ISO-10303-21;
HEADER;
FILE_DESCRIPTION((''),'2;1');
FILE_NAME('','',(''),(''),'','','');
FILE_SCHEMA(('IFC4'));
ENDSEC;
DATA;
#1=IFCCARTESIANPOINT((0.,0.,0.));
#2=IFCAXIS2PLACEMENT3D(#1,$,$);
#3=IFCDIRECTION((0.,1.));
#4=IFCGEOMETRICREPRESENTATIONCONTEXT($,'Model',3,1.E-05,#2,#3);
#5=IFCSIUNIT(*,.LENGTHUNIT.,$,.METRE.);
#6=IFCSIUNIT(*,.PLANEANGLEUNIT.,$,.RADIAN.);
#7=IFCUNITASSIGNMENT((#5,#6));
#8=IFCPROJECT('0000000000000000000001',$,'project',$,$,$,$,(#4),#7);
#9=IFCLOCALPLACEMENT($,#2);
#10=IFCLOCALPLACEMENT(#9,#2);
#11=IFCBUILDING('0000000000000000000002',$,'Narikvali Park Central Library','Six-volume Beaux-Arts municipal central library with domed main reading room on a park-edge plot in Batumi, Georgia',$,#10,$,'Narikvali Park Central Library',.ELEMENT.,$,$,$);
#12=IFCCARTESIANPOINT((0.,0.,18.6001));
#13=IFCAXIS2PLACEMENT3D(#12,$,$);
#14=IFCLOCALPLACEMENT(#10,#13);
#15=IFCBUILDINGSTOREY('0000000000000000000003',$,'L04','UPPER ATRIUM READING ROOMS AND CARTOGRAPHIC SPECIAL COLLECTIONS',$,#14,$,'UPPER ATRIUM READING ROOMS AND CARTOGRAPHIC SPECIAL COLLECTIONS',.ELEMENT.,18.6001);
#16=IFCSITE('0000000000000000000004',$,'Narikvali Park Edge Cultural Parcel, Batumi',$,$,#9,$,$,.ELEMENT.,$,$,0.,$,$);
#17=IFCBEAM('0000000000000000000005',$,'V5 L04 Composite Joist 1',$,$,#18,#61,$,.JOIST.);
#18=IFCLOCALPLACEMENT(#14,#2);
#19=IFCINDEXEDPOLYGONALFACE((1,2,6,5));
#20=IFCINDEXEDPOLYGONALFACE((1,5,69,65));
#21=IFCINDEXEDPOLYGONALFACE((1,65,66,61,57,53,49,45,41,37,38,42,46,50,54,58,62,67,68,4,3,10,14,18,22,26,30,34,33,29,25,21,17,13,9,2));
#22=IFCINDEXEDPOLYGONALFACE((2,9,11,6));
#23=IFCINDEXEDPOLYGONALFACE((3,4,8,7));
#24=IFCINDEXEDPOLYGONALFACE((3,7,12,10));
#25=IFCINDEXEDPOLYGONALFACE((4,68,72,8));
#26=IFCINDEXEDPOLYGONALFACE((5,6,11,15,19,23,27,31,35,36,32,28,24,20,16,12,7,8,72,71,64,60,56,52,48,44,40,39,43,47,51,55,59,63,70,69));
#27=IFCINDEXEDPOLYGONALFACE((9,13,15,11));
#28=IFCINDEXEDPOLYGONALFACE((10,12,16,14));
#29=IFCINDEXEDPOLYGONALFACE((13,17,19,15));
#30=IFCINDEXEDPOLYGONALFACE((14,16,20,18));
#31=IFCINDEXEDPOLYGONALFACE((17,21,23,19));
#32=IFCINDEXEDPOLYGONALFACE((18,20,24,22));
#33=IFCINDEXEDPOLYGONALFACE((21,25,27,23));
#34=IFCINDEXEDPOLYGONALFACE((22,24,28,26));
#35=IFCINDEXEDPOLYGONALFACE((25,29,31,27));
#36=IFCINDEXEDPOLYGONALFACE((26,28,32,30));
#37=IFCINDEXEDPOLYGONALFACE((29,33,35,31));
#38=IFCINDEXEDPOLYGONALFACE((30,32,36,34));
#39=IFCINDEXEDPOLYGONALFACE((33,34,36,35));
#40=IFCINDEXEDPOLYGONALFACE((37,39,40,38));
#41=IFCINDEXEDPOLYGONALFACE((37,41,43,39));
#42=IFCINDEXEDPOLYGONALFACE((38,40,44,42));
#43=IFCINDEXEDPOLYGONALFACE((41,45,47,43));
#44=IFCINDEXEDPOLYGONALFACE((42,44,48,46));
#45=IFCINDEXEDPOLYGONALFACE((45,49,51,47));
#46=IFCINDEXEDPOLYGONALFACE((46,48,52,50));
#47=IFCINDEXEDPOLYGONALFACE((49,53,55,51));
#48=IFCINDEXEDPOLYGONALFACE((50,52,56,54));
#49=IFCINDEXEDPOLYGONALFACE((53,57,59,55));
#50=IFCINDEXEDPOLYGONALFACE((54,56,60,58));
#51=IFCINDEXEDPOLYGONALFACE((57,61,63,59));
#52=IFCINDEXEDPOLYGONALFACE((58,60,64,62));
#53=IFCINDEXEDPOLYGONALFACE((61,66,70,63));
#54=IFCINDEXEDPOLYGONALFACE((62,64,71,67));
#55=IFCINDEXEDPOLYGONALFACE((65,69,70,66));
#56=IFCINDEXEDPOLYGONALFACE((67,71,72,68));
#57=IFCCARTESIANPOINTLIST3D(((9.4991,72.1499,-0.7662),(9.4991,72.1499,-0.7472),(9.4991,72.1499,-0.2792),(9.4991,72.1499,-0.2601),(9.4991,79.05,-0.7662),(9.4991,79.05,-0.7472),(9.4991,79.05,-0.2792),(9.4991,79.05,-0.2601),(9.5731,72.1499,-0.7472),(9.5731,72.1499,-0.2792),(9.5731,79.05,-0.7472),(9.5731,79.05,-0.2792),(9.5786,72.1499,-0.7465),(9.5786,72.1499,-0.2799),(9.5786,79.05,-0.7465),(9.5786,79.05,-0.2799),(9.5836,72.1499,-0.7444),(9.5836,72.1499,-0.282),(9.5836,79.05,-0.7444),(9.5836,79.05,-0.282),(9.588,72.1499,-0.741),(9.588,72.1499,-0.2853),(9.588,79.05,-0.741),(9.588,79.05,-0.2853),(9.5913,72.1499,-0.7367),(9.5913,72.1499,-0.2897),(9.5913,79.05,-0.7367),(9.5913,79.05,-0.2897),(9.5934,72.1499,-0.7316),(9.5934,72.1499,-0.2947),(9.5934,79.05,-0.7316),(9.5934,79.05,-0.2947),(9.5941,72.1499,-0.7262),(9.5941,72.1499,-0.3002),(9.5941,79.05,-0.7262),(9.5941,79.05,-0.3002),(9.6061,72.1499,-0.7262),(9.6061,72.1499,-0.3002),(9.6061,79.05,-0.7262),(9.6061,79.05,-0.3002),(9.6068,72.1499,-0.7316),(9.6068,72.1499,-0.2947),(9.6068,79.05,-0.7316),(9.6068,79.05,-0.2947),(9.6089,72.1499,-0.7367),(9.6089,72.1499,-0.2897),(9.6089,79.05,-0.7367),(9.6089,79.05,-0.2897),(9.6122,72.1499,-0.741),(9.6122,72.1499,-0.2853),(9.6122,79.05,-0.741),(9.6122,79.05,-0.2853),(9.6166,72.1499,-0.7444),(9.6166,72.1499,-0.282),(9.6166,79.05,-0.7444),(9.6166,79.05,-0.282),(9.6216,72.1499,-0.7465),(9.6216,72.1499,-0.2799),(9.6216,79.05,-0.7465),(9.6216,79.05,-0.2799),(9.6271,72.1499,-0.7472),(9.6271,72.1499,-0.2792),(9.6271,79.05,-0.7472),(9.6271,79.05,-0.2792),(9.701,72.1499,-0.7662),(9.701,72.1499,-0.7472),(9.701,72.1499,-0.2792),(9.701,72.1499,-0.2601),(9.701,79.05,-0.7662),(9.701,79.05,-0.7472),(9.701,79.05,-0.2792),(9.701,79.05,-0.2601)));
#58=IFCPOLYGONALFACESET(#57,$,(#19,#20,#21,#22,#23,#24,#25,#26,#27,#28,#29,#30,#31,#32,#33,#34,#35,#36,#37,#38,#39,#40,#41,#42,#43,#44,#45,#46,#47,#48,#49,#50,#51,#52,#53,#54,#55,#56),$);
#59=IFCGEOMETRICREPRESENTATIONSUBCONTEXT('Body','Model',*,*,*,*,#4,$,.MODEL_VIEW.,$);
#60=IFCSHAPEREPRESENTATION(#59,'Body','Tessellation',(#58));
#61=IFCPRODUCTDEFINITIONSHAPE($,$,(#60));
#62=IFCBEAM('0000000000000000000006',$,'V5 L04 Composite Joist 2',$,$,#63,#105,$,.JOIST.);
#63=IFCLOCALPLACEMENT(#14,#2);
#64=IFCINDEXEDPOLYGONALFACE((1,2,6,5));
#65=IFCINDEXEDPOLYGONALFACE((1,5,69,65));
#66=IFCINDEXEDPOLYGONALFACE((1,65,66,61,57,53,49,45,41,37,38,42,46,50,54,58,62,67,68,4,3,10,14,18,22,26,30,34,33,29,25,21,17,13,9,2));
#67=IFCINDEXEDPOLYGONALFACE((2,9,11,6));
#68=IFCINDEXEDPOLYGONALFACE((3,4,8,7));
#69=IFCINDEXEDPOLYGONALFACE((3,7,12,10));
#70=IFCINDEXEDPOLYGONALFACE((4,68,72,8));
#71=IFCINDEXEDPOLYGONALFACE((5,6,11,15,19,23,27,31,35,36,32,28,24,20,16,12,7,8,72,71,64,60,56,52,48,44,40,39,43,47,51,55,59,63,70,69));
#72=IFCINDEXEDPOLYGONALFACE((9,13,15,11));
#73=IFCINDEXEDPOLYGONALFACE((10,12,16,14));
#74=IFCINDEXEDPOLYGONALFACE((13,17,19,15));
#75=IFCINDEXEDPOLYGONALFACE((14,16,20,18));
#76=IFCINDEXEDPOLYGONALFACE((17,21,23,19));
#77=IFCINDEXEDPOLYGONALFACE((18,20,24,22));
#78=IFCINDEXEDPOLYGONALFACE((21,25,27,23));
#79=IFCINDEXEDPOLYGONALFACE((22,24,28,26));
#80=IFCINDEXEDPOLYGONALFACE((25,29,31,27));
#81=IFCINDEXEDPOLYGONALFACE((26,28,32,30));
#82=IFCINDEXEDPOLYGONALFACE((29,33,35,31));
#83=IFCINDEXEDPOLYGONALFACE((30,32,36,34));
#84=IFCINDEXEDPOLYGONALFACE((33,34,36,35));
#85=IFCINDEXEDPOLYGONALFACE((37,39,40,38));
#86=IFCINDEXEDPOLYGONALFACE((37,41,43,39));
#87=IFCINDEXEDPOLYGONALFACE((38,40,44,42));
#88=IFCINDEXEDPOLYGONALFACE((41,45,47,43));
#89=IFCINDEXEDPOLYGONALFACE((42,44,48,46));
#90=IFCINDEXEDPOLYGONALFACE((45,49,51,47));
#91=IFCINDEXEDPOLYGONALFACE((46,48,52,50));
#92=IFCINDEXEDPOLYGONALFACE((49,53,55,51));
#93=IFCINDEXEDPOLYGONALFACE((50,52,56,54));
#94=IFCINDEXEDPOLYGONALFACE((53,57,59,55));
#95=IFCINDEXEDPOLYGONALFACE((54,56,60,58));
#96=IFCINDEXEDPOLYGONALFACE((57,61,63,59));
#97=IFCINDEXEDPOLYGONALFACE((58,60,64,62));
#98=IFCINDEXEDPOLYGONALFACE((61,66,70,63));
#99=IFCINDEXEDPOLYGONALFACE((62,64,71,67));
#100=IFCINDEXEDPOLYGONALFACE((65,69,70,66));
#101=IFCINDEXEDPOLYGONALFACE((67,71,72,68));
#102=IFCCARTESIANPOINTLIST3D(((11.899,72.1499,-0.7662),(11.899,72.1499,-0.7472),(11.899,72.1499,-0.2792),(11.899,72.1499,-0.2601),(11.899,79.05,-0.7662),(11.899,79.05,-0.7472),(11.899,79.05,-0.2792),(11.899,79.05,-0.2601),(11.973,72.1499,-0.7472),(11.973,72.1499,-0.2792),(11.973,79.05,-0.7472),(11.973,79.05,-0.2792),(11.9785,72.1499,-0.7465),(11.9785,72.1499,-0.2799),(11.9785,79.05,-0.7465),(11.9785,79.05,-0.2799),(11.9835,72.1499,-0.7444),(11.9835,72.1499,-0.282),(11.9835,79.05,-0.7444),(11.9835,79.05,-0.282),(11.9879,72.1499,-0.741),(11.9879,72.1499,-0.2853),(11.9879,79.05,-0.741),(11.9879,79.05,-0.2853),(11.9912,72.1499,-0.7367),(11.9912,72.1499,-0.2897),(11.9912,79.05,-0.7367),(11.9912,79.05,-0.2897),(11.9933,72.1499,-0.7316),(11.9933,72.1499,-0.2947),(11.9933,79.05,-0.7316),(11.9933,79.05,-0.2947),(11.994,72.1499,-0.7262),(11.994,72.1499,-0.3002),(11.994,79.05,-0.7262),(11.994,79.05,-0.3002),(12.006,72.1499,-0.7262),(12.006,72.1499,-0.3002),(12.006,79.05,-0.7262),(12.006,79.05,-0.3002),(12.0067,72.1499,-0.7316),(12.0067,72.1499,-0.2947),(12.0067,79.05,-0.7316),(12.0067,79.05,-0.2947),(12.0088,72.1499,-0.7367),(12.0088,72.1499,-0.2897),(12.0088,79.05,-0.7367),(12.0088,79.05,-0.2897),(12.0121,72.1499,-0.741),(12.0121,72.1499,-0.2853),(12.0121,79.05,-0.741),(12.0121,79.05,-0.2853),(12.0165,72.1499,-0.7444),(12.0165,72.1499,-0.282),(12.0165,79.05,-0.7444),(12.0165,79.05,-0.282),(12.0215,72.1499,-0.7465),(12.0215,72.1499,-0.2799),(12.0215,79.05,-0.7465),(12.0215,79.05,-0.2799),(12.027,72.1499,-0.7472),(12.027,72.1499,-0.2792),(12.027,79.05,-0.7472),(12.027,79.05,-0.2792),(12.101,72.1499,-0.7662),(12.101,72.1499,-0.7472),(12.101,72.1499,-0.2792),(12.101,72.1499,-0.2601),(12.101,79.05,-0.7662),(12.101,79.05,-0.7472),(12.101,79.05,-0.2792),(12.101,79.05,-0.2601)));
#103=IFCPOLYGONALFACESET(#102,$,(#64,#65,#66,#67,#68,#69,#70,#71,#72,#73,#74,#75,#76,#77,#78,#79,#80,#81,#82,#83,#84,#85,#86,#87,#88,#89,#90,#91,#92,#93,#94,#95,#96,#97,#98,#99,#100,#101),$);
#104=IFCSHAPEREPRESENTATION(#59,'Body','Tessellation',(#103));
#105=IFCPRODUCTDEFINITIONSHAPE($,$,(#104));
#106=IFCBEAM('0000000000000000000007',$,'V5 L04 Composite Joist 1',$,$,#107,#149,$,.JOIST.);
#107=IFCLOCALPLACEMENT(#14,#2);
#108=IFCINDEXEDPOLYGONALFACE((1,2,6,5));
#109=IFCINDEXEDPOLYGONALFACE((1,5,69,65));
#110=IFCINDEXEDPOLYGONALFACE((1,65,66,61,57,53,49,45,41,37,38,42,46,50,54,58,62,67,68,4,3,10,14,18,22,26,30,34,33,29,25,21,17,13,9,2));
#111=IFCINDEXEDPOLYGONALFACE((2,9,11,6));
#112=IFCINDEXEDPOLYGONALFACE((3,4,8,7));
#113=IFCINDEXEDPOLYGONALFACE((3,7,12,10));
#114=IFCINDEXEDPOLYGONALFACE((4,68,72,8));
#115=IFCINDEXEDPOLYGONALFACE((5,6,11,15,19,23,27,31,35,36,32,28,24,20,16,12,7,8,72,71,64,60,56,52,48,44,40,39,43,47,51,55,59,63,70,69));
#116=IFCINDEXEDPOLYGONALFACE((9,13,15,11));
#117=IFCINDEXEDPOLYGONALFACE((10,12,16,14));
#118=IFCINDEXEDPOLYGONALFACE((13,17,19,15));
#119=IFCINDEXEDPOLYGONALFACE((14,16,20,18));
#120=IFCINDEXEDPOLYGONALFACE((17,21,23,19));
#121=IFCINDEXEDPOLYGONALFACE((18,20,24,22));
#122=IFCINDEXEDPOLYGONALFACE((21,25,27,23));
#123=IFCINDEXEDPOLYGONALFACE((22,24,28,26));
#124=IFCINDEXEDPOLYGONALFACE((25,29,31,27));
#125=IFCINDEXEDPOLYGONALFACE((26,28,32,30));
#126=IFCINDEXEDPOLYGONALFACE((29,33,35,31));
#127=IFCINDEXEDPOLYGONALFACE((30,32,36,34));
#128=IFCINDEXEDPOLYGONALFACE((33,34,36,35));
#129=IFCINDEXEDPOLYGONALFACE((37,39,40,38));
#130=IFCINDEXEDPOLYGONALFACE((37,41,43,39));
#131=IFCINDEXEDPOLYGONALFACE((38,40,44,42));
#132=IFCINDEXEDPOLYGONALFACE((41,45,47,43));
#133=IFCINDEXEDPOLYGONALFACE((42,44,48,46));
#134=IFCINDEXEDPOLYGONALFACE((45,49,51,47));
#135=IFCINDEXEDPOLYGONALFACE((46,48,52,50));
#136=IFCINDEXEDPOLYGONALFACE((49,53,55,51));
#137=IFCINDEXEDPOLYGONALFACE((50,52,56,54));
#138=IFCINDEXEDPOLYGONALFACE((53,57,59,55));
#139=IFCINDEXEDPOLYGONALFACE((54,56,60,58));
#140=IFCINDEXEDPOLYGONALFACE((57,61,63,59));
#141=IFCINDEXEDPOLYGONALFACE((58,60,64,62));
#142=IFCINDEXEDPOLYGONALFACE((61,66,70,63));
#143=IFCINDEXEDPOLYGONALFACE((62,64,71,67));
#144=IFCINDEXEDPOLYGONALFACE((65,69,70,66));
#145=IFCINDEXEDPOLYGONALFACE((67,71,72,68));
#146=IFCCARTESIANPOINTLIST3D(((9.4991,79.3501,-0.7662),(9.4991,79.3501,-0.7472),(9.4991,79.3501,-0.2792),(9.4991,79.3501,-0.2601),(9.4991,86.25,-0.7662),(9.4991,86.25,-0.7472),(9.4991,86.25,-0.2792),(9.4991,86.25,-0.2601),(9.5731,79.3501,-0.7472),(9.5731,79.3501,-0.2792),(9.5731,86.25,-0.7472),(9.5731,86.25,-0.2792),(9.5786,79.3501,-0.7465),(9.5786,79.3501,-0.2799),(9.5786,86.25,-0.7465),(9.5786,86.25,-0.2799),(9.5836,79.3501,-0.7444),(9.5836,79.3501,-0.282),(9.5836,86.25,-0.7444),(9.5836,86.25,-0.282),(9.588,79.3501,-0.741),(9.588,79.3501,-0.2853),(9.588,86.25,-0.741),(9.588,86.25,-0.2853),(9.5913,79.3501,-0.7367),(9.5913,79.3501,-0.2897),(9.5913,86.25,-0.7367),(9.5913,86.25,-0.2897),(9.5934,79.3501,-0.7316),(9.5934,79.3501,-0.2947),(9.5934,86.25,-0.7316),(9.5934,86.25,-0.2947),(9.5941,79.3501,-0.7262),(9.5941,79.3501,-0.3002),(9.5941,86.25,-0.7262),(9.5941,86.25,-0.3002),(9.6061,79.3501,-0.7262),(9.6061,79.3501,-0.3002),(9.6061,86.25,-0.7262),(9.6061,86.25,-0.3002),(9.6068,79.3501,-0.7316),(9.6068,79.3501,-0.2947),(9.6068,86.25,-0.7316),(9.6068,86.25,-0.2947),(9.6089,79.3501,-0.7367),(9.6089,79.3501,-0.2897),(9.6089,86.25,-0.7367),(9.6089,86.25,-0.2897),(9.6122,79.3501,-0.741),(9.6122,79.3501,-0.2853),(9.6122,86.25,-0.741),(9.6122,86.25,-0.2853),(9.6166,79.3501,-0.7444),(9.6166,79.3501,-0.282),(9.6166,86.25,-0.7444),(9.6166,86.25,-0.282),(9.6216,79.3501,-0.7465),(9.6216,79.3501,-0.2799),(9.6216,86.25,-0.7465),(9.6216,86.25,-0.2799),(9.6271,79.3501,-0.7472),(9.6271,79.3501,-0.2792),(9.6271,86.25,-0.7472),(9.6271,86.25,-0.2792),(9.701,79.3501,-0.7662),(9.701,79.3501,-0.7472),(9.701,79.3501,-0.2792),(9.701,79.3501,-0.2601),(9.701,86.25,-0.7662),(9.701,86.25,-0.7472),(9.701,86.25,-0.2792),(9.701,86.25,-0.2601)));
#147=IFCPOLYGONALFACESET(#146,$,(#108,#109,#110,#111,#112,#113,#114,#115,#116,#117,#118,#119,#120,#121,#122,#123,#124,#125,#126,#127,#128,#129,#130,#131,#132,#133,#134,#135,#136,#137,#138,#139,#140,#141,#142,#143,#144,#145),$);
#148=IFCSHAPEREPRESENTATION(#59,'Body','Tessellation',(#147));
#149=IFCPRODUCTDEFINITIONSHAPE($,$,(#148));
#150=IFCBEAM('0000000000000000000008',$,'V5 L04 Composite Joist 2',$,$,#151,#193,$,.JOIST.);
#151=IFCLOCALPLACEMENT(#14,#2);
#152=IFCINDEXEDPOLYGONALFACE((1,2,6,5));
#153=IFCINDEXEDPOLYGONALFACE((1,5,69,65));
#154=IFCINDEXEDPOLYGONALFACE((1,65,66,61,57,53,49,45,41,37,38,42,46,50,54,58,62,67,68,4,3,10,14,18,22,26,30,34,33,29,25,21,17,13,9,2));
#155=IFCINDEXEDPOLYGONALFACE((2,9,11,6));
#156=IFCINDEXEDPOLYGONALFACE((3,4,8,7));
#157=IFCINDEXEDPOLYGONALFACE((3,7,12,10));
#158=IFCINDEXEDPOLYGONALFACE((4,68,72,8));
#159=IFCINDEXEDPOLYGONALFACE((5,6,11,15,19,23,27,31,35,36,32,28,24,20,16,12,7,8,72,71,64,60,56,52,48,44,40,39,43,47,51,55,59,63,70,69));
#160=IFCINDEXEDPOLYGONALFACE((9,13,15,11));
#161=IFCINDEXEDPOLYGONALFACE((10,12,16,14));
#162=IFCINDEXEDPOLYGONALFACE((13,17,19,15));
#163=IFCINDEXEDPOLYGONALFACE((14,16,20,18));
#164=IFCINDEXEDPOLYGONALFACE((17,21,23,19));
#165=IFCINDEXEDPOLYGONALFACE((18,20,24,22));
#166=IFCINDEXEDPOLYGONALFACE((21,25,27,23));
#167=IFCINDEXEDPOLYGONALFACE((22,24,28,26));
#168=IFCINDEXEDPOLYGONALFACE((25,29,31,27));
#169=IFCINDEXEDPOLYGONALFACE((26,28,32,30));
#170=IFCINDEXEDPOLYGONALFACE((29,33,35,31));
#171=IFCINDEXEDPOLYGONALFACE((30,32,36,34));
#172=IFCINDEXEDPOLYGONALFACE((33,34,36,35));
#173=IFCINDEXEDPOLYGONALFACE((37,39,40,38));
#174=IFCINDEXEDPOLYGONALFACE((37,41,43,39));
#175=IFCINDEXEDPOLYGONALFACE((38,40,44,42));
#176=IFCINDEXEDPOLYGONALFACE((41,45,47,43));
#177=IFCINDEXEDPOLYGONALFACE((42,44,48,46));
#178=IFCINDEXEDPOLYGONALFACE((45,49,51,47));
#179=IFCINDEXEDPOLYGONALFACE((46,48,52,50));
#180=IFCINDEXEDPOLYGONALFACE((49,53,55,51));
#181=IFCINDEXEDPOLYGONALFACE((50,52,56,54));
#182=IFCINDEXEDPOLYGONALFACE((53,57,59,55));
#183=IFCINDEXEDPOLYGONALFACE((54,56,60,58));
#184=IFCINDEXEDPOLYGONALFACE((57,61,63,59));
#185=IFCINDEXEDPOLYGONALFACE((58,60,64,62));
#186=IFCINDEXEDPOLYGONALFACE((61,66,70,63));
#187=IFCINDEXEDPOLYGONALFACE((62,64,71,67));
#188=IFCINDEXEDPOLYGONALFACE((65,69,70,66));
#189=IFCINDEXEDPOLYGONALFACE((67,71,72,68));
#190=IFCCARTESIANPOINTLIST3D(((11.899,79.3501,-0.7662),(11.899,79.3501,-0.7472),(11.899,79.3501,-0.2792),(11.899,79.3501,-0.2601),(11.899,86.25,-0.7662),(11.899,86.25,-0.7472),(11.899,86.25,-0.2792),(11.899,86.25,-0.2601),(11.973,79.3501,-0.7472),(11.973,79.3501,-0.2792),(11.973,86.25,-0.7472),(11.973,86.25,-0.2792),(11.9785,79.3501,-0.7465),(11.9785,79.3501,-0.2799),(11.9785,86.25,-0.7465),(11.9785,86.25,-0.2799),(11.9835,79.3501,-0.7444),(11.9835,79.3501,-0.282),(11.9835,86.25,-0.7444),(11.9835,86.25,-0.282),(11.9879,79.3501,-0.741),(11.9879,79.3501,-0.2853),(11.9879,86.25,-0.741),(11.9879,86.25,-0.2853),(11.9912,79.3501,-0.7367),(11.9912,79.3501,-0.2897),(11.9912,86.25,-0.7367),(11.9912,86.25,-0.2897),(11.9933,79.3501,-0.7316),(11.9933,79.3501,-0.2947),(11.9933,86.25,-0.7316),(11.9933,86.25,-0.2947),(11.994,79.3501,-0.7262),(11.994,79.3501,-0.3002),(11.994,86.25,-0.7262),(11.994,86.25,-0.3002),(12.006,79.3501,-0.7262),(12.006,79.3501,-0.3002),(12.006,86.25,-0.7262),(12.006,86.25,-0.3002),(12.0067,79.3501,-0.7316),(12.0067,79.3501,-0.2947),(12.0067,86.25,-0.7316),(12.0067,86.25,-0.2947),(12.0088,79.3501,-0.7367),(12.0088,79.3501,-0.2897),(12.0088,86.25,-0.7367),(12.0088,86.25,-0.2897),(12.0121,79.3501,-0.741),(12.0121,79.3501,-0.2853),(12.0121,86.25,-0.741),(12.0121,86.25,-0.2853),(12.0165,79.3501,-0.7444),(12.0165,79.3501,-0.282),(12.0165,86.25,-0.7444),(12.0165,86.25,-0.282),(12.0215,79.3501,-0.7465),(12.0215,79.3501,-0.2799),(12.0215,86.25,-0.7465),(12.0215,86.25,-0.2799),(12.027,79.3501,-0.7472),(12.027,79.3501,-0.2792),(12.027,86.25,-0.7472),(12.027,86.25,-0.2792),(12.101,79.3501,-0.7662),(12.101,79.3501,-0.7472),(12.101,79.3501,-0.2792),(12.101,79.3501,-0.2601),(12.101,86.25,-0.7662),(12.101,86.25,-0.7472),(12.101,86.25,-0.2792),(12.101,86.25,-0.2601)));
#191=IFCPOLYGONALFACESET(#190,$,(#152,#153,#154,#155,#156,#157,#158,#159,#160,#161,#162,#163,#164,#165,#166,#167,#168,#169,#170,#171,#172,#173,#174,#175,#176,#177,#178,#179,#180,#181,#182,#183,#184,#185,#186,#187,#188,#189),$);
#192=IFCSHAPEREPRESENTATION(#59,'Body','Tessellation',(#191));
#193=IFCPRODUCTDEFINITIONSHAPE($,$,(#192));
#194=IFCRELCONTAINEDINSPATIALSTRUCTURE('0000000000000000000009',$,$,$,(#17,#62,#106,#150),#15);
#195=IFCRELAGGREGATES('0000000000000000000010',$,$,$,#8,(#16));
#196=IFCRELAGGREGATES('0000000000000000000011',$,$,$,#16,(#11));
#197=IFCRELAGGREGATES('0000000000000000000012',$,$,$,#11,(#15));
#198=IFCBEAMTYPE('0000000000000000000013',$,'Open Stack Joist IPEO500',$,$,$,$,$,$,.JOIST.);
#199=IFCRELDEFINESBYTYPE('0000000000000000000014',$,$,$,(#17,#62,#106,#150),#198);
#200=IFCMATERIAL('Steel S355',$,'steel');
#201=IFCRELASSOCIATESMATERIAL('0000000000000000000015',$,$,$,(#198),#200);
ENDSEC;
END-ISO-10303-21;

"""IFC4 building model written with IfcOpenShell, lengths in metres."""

from ifc_helpers import new_model, si_unit, direction, frame, origin, origin_2d, place, context, subcontext, project, spatial, i_section, extrude, material, material_profile, profile_set, type_object, element, save


model = new_model("IFC4")

# Units and contexts
model_context = context("Model", 3, precision=1e-05, world=origin(), true_north=direction((0.0, 1.0)))
body_context = subcontext(model_context, "Body", "Model", "MODEL_VIEW")
ifc_project = project(units=[si_unit("LENGTHUNIT", "METRE"), si_unit("PLANEANGLEUNIT", "RADIAN")], contexts=[model_context])

# Site, building, storey
site_placement = place(None, origin())
site = spatial("IfcSite", under=ifc_project, at=site_placement, Name="Narikvali Park Edge Cultural Parcel, Batumi", CompositionType="ELEMENT", RefElevation=0.0)
building_placement = place(site_placement, origin())
building = spatial("IfcBuilding", under=site, at=building_placement, Name="Narikvali Park Central Library", Description="Six-volume Beaux-Arts municipal central library with domed main reading room on a park-edge plot in Batumi, Georgia", LongName="Narikvali Park Central Library", CompositionType="ELEMENT")
storey_placement = place(building_placement, frame((0.0, 0.0, 18.6001)))
storey = spatial("IfcBuildingStorey", under=building, at=storey_placement, Name="L04", Description="UPPER ATRIUM READING ROOMS AND CARTOGRAPHIC SPECIAL COLLECTIONS", LongName="UPPER ATRIUM READING ROOMS AND CARTOGRAPHIC SPECIAL COLLECTIONS", CompositionType="ELEMENT", Elevation=18.6001)

# Shared definitions
ifc_material_1 = material(Name="Steel S355", Category="steel")

# Beams
ifc_material_profile_1 = material_profile(ifc_material_1, i_section(OverallWidth=0.2019, OverallDepth=0.5061, WebThickness=0.012, FlangeThickness=0.019, FilletRadius=0.021, at=origin_2d()), Name="IPEO 500")
ifc_profile_set_1 = profile_set([ifc_material_profile_1], Name="Steel S355")
beam_type_1 = type_object("IfcBeamType", Name="Open Stack Joist IPEO500", PredefinedType="JOIST", material=ifc_profile_set_1)
for number, where, z_axis, x_axis, name in (
    (1, (9.6001, 72.1499, -0.5132), (0.0, 1.0, 0.0), (-1.0, 0.0, 0.0), "V5 L04 Composite Joist 1"),
    (2, (12.0, 72.1499, -0.5132), (0.0, 1.0, 0.0), (-1.0, 0.0, 0.0), "V5 L04 Composite Joist 2"),
):
    element("IfcBeam", number, at=place(storey_placement, frame(where, z_axis=z_axis, x_axis=x_axis)), inside=storey, type_object=beam_type_1, Name=name, PredefinedType="JOIST", context=body_context, shape_type="SweptSolid", body=[
        extrude(i_section(OverallWidth=0.2019, OverallDepth=0.5061, WebThickness=0.012, FlangeThickness=0.019, FilletRadius=0.021, at=origin_2d()), origin(), (0.0, 0.0, 1.0), 6.9001),
    ])
for number, where, z_axis, x_axis, name in (
    (3, (9.6001, 79.3501, -0.5132), (0.0, 1.0, 0.0), (-1.0, 0.0, 0.0), "V5 L04 Composite Joist 1"),
    (4, (12.0, 79.3501, -0.5132), (0.0, 1.0, 0.0), (-1.0, 0.0, 0.0), "V5 L04 Composite Joist 2"),
):
    element("IfcBeam", number, at=place(storey_placement, frame(where, z_axis=z_axis, x_axis=x_axis)), inside=storey, type_object=beam_type_1, Name=name, PredefinedType="JOIST", context=body_context, shape_type="SweptSolid", body=[
        extrude(i_section(OverallWidth=0.2019, OverallDepth=0.5061, WebThickness=0.012, FlangeThickness=0.019, FilletRadius=0.021, at=origin_2d()), origin(), (0.0, 0.0, 1.0), 6.8999),
    ])

save(model, "model.ifc")
